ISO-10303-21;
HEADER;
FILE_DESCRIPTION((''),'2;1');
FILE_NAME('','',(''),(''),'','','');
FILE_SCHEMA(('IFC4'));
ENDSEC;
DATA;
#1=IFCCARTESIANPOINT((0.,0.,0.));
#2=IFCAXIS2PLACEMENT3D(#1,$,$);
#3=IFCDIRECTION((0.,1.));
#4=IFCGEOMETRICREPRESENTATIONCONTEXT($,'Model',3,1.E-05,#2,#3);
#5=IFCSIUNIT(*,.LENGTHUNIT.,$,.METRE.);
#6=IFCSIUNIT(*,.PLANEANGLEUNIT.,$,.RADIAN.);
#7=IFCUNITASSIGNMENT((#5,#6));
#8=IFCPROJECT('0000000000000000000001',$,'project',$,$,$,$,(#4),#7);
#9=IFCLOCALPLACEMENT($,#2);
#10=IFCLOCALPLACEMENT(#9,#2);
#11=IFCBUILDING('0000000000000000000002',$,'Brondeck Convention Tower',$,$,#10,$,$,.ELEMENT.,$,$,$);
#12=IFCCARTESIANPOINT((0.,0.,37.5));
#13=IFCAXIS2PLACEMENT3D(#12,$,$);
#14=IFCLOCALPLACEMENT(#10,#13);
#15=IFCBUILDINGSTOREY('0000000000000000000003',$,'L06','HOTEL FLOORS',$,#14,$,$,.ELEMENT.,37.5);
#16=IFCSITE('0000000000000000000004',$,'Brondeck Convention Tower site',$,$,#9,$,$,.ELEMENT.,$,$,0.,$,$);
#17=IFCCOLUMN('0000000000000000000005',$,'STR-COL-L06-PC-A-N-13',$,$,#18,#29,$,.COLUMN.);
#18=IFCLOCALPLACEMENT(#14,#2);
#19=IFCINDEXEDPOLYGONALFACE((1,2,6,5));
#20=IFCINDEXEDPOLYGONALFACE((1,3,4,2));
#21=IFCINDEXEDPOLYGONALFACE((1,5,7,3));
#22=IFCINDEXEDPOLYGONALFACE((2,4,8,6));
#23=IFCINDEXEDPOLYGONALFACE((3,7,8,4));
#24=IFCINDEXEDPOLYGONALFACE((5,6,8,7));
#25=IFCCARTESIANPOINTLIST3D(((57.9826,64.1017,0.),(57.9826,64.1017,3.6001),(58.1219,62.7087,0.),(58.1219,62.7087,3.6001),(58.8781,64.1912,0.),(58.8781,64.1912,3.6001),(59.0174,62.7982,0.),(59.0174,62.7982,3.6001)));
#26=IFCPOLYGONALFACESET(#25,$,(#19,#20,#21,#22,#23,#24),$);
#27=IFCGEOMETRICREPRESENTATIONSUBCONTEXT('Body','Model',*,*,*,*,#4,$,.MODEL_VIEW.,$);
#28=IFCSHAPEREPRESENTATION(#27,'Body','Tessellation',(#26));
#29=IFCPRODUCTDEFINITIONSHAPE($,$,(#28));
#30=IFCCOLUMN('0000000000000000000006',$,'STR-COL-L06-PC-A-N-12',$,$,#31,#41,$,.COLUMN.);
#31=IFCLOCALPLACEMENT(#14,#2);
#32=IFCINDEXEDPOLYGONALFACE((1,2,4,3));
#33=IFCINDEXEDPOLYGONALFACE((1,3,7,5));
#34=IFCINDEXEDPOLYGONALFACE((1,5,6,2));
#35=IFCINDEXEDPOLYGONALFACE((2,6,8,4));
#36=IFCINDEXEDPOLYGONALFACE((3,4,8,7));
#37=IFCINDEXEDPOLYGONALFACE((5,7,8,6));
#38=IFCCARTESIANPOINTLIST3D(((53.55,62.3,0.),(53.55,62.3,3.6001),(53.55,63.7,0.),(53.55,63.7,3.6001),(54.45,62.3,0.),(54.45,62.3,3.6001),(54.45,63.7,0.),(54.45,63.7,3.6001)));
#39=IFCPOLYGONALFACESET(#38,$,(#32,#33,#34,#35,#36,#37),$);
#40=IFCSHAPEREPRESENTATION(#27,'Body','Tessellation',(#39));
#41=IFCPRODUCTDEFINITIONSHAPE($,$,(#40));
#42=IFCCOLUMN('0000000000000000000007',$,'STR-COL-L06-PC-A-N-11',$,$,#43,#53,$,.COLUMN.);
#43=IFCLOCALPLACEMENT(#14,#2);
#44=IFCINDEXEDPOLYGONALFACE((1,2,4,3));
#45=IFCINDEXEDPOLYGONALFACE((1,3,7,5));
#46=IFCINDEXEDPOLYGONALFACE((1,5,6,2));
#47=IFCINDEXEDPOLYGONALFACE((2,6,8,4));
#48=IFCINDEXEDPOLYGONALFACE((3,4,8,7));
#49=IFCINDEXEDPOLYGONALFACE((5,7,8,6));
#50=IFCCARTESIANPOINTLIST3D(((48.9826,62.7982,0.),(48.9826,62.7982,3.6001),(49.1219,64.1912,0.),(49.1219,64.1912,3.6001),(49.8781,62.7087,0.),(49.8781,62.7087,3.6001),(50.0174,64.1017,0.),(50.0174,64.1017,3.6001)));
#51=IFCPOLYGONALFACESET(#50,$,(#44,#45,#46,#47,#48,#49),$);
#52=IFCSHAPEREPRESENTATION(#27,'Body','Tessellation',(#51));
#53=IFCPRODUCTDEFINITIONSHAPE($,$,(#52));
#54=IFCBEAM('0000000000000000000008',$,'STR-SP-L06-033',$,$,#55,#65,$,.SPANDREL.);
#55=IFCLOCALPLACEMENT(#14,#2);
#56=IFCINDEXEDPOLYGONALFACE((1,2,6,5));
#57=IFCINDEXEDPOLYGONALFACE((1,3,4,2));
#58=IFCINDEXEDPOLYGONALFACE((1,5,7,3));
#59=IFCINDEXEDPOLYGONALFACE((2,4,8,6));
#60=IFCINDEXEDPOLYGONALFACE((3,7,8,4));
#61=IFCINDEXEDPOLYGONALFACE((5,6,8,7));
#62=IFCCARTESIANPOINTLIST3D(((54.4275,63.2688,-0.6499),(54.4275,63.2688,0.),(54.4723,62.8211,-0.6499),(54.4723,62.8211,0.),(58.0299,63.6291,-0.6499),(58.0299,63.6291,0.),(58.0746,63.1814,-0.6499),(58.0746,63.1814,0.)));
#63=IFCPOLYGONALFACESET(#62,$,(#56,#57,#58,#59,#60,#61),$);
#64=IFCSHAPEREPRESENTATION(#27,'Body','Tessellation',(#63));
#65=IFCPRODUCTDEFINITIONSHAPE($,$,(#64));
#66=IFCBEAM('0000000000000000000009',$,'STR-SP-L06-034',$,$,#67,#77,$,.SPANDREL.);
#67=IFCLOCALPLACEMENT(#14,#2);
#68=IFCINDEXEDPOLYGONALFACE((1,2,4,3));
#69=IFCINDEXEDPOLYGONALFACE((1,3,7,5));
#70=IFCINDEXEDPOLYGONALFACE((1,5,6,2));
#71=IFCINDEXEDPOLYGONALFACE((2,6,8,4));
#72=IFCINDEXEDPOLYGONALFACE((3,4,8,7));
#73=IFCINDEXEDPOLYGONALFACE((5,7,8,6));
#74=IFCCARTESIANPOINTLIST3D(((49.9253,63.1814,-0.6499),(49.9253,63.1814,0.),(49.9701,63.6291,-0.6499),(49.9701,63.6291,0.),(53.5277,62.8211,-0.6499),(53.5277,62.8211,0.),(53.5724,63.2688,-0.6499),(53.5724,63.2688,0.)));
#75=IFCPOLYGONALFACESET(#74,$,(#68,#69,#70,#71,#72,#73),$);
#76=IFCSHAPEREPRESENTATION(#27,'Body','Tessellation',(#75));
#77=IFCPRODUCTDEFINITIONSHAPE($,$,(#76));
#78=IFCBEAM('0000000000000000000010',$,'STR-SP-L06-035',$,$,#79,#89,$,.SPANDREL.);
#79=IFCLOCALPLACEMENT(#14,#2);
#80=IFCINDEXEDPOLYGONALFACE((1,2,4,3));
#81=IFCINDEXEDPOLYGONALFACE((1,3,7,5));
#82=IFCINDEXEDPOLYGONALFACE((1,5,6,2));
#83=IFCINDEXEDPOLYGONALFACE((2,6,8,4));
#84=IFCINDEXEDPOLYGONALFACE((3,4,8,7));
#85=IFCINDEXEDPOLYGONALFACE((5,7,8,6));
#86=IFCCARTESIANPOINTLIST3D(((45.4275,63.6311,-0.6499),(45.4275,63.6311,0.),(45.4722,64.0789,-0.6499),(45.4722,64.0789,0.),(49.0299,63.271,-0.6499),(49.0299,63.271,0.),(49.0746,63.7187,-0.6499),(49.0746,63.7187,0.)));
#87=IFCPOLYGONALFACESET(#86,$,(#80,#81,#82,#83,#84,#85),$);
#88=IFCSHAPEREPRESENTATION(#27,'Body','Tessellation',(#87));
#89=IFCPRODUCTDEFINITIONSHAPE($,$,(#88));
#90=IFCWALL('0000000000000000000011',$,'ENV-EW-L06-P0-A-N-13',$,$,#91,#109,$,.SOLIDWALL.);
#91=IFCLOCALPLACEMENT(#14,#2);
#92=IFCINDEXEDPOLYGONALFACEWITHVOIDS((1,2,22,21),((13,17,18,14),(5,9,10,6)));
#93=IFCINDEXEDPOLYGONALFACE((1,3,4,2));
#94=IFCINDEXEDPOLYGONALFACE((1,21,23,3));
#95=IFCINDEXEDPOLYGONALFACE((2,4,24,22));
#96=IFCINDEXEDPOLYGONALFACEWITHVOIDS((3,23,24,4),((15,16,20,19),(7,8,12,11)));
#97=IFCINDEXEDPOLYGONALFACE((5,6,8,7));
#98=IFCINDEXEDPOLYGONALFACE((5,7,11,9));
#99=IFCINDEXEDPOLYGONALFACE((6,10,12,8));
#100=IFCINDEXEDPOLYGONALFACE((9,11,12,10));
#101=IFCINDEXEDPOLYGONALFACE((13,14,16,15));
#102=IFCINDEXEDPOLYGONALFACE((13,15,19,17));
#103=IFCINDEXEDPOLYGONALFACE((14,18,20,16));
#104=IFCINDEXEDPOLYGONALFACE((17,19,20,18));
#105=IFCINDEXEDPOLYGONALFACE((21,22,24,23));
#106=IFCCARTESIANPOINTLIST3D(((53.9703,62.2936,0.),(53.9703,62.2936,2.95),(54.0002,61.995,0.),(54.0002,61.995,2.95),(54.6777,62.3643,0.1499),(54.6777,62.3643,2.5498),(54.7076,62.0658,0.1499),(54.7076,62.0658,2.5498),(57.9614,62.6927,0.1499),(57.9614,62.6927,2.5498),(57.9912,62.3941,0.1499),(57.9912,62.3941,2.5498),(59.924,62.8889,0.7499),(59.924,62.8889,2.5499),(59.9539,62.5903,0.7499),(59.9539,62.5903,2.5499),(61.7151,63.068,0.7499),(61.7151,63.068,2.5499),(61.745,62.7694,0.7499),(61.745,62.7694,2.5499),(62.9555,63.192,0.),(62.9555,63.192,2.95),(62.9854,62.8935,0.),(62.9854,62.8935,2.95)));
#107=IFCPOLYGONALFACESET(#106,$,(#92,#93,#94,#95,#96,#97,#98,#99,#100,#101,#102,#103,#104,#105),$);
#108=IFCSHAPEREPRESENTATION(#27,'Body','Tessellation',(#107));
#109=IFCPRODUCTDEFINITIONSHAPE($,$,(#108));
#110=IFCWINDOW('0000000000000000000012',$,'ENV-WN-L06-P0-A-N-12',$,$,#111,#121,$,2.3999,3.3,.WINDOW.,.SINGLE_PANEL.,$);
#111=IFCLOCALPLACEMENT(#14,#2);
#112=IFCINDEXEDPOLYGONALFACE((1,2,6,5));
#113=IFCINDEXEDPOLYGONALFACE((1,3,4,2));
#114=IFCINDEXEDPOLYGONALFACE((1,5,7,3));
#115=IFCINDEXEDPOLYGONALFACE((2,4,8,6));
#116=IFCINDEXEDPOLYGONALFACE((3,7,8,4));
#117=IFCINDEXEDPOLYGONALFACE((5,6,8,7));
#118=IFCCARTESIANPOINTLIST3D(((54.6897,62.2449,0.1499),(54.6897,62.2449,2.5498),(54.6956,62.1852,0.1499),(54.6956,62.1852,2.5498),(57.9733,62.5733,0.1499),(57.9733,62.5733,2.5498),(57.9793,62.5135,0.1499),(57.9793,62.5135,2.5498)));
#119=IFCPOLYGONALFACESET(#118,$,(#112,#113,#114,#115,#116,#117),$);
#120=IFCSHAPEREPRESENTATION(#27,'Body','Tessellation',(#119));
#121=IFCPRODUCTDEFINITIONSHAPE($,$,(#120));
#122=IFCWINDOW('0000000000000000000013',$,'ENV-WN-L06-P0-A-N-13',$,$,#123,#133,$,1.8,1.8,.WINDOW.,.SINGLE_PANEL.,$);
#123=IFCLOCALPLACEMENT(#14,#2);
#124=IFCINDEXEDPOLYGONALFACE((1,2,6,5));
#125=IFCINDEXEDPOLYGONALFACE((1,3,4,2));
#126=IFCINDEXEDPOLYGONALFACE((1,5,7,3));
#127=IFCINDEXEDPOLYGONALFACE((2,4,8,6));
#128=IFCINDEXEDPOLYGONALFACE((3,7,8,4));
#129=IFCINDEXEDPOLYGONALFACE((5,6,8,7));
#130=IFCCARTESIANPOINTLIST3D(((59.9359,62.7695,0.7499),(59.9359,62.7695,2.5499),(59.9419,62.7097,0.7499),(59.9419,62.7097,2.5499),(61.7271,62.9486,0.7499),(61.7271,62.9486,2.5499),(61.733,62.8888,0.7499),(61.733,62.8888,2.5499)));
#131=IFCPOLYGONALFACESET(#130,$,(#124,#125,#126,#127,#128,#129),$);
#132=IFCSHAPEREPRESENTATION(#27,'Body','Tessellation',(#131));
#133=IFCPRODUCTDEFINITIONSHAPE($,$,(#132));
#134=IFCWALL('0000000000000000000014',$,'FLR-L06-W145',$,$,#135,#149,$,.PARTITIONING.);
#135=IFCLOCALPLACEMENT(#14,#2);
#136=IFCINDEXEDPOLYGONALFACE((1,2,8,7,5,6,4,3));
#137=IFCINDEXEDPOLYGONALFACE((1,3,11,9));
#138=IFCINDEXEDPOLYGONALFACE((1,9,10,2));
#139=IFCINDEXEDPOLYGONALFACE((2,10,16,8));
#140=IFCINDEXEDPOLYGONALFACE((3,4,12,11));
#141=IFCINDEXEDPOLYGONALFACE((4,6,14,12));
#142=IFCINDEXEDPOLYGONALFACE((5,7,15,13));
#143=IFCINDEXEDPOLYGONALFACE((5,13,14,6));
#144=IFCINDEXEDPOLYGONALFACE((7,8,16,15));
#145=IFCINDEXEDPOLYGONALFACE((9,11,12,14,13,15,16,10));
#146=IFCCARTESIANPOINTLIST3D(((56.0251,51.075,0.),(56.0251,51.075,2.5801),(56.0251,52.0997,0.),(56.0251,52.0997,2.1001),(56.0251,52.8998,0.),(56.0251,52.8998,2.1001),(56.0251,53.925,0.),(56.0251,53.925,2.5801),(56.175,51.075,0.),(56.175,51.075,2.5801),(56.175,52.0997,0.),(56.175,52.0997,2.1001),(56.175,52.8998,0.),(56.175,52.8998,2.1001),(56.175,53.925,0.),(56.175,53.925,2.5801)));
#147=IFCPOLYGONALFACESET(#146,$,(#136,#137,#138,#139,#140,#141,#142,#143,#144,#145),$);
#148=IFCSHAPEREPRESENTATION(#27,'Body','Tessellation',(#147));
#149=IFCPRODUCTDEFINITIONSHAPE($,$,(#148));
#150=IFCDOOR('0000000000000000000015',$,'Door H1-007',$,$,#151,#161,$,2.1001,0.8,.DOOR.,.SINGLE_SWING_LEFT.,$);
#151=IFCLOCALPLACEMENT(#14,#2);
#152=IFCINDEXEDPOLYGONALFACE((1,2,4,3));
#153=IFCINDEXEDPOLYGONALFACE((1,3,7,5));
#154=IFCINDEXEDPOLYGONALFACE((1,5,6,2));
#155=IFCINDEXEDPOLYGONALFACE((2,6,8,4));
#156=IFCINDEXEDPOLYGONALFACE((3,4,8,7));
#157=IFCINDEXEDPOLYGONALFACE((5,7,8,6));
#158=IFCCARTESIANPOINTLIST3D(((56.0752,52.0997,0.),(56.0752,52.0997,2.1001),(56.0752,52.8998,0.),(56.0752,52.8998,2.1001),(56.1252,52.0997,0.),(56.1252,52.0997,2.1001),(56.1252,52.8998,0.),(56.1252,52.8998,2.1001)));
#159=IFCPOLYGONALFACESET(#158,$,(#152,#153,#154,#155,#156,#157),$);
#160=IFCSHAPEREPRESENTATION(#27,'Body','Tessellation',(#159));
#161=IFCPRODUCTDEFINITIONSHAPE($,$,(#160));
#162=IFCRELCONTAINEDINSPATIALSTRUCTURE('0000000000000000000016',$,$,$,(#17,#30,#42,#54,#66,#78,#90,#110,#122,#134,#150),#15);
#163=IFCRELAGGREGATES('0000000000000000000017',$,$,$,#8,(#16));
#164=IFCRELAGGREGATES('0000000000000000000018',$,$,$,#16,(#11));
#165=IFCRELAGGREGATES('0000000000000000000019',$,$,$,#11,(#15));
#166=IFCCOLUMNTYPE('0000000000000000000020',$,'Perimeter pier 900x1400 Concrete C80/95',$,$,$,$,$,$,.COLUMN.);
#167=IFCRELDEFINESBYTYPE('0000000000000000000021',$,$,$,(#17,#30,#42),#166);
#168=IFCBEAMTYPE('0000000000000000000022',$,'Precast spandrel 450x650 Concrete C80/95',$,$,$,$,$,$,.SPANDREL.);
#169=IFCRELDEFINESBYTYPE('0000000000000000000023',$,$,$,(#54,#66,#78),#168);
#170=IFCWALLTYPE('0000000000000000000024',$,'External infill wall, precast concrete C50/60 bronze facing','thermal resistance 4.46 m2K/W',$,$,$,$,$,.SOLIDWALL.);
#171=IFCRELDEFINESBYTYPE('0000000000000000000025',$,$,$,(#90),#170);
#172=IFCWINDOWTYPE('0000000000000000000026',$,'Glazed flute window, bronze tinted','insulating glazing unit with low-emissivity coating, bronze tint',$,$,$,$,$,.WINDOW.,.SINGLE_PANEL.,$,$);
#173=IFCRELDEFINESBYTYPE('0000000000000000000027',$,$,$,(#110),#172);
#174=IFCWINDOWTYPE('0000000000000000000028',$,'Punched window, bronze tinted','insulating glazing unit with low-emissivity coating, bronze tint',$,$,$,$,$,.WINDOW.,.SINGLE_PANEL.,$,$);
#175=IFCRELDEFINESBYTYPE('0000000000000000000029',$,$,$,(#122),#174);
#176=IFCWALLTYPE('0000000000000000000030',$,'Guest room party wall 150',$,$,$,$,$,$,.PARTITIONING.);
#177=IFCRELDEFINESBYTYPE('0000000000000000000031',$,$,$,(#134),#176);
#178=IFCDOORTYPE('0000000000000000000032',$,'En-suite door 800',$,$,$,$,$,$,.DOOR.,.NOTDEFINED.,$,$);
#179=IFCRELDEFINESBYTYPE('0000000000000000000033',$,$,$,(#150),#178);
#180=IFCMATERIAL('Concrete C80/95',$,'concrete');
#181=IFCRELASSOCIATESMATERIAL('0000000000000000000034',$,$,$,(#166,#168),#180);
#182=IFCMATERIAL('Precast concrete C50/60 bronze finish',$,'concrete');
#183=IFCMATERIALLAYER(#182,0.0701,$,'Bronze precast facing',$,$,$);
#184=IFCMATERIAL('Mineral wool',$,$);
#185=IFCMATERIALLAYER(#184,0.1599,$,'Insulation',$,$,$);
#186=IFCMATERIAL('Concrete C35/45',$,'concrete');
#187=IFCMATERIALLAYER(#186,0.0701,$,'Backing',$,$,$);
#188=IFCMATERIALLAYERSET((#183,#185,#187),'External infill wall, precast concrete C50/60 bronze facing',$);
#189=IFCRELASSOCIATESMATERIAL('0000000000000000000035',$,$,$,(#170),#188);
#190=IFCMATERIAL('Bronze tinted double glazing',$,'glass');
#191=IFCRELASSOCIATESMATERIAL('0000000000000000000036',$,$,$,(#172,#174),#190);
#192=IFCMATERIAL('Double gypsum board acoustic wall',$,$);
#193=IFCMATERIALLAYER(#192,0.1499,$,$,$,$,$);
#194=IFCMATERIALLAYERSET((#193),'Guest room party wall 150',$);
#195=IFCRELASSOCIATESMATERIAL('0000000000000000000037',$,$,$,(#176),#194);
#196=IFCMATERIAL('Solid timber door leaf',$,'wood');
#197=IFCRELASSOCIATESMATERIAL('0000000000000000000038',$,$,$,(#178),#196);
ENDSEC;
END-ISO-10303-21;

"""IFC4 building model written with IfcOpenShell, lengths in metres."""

from ifc_helpers import new_model, si_unit, direction, frame, frame_2d, origin, origin_2d, place, context, subcontext, project, spatial, rectangle, extrude, material, layer, layer_set, material_profile, profile_set, type_object, element, fill, save


model = new_model("IFC4")

# Units and contexts
model_context = context("Model", 3, precision=1e-05, world=origin(), true_north=direction((0.0, 1.0)))
body_context = subcontext(model_context, "Body", "Model", "MODEL_VIEW")
ifc_project = project(units=[si_unit("LENGTHUNIT", "METRE"), si_unit("PLANEANGLEUNIT", "RADIAN")], contexts=[model_context])

# Site, building, storey
site_placement = place(None, origin())
site = spatial("IfcSite", under=ifc_project, at=site_placement, Name="Brondeck Convention Tower site", CompositionType="ELEMENT", RefElevation=0.0)
building_placement = place(site_placement, origin())
building = spatial("IfcBuilding", under=site, at=building_placement, Name="Brondeck Convention Tower", CompositionType="ELEMENT")
storey_placement = place(building_placement, frame((0.0, 0.0, 37.5)))
storey = spatial("IfcBuildingStorey", under=building, at=storey_placement, Name="L06", Description="HOTEL FLOORS", CompositionType="ELEMENT", Elevation=37.5)

# Columns
ifc_material_1 = material(Name="Concrete C80/95", Category="concrete")
ifc_material_profile_1 = material_profile(ifc_material_1, rectangle(XDim=0.8999, YDim=1.3999, at=origin_2d()), Name="Perimeter pier 900x1400 Concrete C80/95")
ifc_profile_set_1 = profile_set([ifc_material_profile_1], Name="Concrete C80/95")
column_type = type_object("IfcColumnType", Name="Perimeter pier 900x1400 Concrete C80/95", PredefinedType="COLUMN", material=ifc_profile_set_1)
for number, where, z_axis, x_axis, name in (
    (1, (58.5, 63.45, 0.0), (0.0, 0.0, 1.0), (-0.995037, -0.099504, 0.0), "STR-COL-L06-PC-A-N-13"),
    (2, (54.0, 63.0, 0.0), (0.0, 0.0, 1.0), (-1.0, 0.0, 0.0), "STR-COL-L06-PC-A-N-12"),
    (3, (49.5, 63.45, 0.0), (0.0, 0.0, 1.0), (-0.995037, 0.099504, 0.0), "STR-COL-L06-PC-A-N-11"),
):
    element("IfcColumn", number, at=place(storey_placement, frame(where, z_axis=z_axis, x_axis=x_axis)), inside=storey, type_object=column_type, Name=name, PredefinedType="COLUMN", context=body_context, shape_type="SweptSolid", body=[
        extrude(rectangle(XDim=0.8999, YDim=1.3999, at=origin_2d()), origin(), (0.0, 0.0, 1.0), 3.6001),
    ])

# Beams
ifc_material_profile_2 = material_profile(ifc_material_1, rectangle(XDim=0.45, YDim=0.6499, at=origin_2d()), Name="Precast spandrel 450x650 Concrete C80/95")
ifc_profile_set_2 = profile_set([ifc_material_profile_2], Name="Concrete C80/95")
beam_type = type_object("IfcBeamType", Name="Precast spandrel 450x650 Concrete C80/95", PredefinedType="SPANDREL", material=ifc_profile_set_2)
for number, where, z_axis, x_axis, name in (
    (4, (58.0522, 63.4053, -0.325), (-0.995034, -0.099537, 0.0), (0.099537, -0.995034, 0.0), "STR-SP-L06-033"),
    (5, (53.55, 63.0449, -0.325), (-0.995034, 0.099537, 0.0), (-0.099537, -0.995034, 0.0), "STR-SP-L06-034"),
    (6, (49.0522, 63.4949, -0.325), (-0.995041, 0.09947, 0.0), (-0.09947, -0.995041, 0.0), "STR-SP-L06-035"),
):
    element("IfcBeam", number, at=place(storey_placement, frame(where, z_axis=z_axis, x_axis=x_axis)), inside=storey, type_object=beam_type, Name=name, PredefinedType="SPANDREL", context=body_context, shape_type="SweptSolid", body=[
        extrude(rectangle(XDim=0.45, YDim=0.6499, at=origin_2d()), origin(), (0.0, 0.0, 1.0), 3.6204),
    ])

# Wall, openings, windows
ifc_material_2 = material(Name="Precast concrete C50/60 bronze finish", Category="concrete")
ifc_layer_1 = layer(ifc_material_2, 0.0701, Name="Bronze precast facing")
ifc_material_3 = material(Name="Mineral wool")
ifc_layer_2 = layer(ifc_material_3, 0.1599, Name="Insulation")
ifc_material_4 = material(Name="Concrete C35/45", Category="concrete")
ifc_layer_3 = layer(ifc_material_4, 0.0701, Name="Backing")
ifc_layer_set_1 = layer_set([ifc_layer_1, ifc_layer_2, ifc_layer_3], Name="External infill wall, precast concrete C50/60 bronze facing")
wall_type_1 = type_object("IfcWallType", Name="External infill wall, precast concrete C50/60 bronze facing", Description="thermal resistance 4.46 m2K/W", PredefinedType="SOLIDWALL", material=ifc_layer_set_1)
wall_1_placement = place(storey_placement, frame((53.9851, 62.1443, 0.0), z_axis=(0.0, 0.0, 1.0), x_axis=(0.995038, 0.099496, 0.0)))
wall_1 = element("IfcWall", 7, at=wall_1_placement, inside=storey, type_object=wall_type_1, Name="ENV-EW-L06-P0-A-N-13", PredefinedType="SOLIDWALL", context=body_context, shape_type="SweptSolid", body=[
    extrude(rectangle(XDim=9.03, YDim=0.3, at=frame_2d((4.5151, 0.0))), origin(), (0.0, 0.0, 1.0), 2.95),
])
opening_1_placement = place(wall_1_placement, frame((0.7112, 0.0, 0.1499)))
opening_1 = element("IfcOpeningElement", 8, at=opening_1_placement, cuts=wall_1, PredefinedType="OPENING", context=body_context, shape_type="SweptSolid", body=[
    extrude(rectangle(XDim=3.3, YDim=2.3999, at=frame_2d((1.6499, 1.2))), frame((0.0, 0.1599, 0.0), z_axis=(0.0, -1.0, 0.0), x_axis=(1.0, 0.0, 0.0)), (0.0, 0.0, 1.0), 0.3201),
])
opening_2_placement = place(wall_1_placement, frame((5.9836, 0.0, 0.75)))
opening_2 = element("IfcOpeningElement", 9, at=opening_2_placement, cuts=wall_1, PredefinedType="OPENING", context=body_context, shape_type="SweptSolid", body=[
    extrude(rectangle(XDim=1.8, YDim=1.8, at=frame_2d((0.8999, 0.8999))), frame((0.0, 0.1599, 0.0), z_axis=(0.0, -1.0, 0.0), x_axis=(1.0, 0.0, 0.0)), (0.0, 0.0, 1.0), 0.3201),
])
ifc_material_5 = material(Name="Bronze tinted double glazing", Category="glass")
window_type_1 = type_object("IfcWindowType", Name="Glazed flute window, bronze tinted", Description="insulating glazing unit with low-emissivity coating, bronze tint", PartitioningType="SINGLE_PANEL", PredefinedType="WINDOW", material=ifc_material_5)
window_1_placement = place(opening_1_placement, origin())
window_1 = element("IfcWindow", 10, at=window_1_placement, inside=storey, type_object=window_type_1, Name="ENV-WN-L06-P0-A-N-12", OverallHeight=2.3999, OverallWidth=3.3, PartitioningType="SINGLE_PANEL", PredefinedType="WINDOW", context=body_context, shape_type="SweptSolid", body=[
    extrude(rectangle(XDim=3.3, YDim=2.3999, at=frame_2d((1.6499, 1.2))), frame((0.0, 0.03, 0.0), z_axis=(0.0, -1.0, 0.0), x_axis=(1.0, 0.0, 0.0)), (0.0, 0.0, 1.0), 0.0601),
])
fill(opening_1, window_1)
window_type_2 = type_object("IfcWindowType", Name="Punched window, bronze tinted", Description="insulating glazing unit with low-emissivity coating, bronze tint", PartitioningType="SINGLE_PANEL", PredefinedType="WINDOW", material=ifc_material_5)
window_2_placement = place(opening_2_placement, origin())
window_2 = element("IfcWindow", 11, at=window_2_placement, inside=storey, type_object=window_type_2, Name="ENV-WN-L06-P0-A-N-13", OverallHeight=1.8, OverallWidth=1.8, PartitioningType="SINGLE_PANEL", PredefinedType="WINDOW", context=body_context, shape_type="SweptSolid", body=[
    extrude(rectangle(XDim=1.8, YDim=1.8, at=frame_2d((0.8999, 0.8999))), frame((0.0, 0.03, 0.0), z_axis=(0.0, -1.0, 0.0), x_axis=(1.0, 0.0, 0.0)), (0.0, 0.0, 1.0), 0.0601),
])
fill(opening_2, window_2)

# Wall, opening, door
ifc_material_6 = material(Name="Double gypsum board acoustic wall")
ifc_layer_4 = layer(ifc_material_6, 0.1499)
ifc_layer_set_2 = layer_set([ifc_layer_4], Name="Guest room party wall 150")
wall_type_2 = type_object("IfcWallType", Name="Guest room party wall 150", PredefinedType="PARTITIONING", material=ifc_layer_set_2)
wall_2_placement = place(storey_placement, frame((56.1001, 51.075, 0.0), z_axis=(0.0, 0.0, 1.0), x_axis=(0.0, 1.0, 0.0)))
wall_2 = element("IfcWall", 12, at=wall_2_placement, inside=storey, type_object=wall_type_2, Name="FLR-L06-W145", PredefinedType="PARTITIONING", context=body_context, shape_type="SweptSolid", body=[
    extrude(rectangle(XDim=2.8501, YDim=0.1499, at=frame_2d((1.425, 0.0))), origin(), (0.0, 0.0, 1.0), 2.5801),
])
opening_3_placement = place(wall_2_placement, frame((1.0249, 0.0, 0.0)))
opening_3 = element("IfcOpeningElement", 13, at=opening_3_placement, cuts=wall_2, PredefinedType="OPENING", context=body_context, shape_type="SweptSolid", body=[
    extrude(rectangle(XDim=0.8, YDim=2.1001, at=frame_2d((0.3999, 1.05))), frame((0.0, 0.085, 0.0), z_axis=(0.0, -1.0, 0.0), x_axis=(1.0, 0.0, 0.0)), (0.0, 0.0, 1.0), 0.1699),
])
ifc_material_7 = material(Name="Solid timber door leaf", Category="wood")
door_type = type_object("IfcDoorType", Name="En-suite door 800", OperationType="NOTDEFINED", PredefinedType="DOOR", material=ifc_material_7)
door_1_placement = place(opening_3_placement, origin())
door_1 = element("IfcDoor", 14, at=door_1_placement, inside=storey, type_object=door_type, Name="Door H1-007", OperationType="SINGLE_SWING_LEFT", OverallHeight=2.1001, OverallWidth=0.8, PredefinedType="DOOR", context=body_context, shape_type="SweptSolid", body=[
    extrude(rectangle(XDim=0.8, YDim=2.1001, at=frame_2d((0.3999, 1.05))), frame((0.0, 0.0249, 0.0), z_axis=(0.0, -1.0, 0.0), x_axis=(1.0, 0.0, 0.0)), (0.0, 0.0, 1.0), 0.05),
])
fill(opening_3, door_1)

save(model, "model.ifc")
